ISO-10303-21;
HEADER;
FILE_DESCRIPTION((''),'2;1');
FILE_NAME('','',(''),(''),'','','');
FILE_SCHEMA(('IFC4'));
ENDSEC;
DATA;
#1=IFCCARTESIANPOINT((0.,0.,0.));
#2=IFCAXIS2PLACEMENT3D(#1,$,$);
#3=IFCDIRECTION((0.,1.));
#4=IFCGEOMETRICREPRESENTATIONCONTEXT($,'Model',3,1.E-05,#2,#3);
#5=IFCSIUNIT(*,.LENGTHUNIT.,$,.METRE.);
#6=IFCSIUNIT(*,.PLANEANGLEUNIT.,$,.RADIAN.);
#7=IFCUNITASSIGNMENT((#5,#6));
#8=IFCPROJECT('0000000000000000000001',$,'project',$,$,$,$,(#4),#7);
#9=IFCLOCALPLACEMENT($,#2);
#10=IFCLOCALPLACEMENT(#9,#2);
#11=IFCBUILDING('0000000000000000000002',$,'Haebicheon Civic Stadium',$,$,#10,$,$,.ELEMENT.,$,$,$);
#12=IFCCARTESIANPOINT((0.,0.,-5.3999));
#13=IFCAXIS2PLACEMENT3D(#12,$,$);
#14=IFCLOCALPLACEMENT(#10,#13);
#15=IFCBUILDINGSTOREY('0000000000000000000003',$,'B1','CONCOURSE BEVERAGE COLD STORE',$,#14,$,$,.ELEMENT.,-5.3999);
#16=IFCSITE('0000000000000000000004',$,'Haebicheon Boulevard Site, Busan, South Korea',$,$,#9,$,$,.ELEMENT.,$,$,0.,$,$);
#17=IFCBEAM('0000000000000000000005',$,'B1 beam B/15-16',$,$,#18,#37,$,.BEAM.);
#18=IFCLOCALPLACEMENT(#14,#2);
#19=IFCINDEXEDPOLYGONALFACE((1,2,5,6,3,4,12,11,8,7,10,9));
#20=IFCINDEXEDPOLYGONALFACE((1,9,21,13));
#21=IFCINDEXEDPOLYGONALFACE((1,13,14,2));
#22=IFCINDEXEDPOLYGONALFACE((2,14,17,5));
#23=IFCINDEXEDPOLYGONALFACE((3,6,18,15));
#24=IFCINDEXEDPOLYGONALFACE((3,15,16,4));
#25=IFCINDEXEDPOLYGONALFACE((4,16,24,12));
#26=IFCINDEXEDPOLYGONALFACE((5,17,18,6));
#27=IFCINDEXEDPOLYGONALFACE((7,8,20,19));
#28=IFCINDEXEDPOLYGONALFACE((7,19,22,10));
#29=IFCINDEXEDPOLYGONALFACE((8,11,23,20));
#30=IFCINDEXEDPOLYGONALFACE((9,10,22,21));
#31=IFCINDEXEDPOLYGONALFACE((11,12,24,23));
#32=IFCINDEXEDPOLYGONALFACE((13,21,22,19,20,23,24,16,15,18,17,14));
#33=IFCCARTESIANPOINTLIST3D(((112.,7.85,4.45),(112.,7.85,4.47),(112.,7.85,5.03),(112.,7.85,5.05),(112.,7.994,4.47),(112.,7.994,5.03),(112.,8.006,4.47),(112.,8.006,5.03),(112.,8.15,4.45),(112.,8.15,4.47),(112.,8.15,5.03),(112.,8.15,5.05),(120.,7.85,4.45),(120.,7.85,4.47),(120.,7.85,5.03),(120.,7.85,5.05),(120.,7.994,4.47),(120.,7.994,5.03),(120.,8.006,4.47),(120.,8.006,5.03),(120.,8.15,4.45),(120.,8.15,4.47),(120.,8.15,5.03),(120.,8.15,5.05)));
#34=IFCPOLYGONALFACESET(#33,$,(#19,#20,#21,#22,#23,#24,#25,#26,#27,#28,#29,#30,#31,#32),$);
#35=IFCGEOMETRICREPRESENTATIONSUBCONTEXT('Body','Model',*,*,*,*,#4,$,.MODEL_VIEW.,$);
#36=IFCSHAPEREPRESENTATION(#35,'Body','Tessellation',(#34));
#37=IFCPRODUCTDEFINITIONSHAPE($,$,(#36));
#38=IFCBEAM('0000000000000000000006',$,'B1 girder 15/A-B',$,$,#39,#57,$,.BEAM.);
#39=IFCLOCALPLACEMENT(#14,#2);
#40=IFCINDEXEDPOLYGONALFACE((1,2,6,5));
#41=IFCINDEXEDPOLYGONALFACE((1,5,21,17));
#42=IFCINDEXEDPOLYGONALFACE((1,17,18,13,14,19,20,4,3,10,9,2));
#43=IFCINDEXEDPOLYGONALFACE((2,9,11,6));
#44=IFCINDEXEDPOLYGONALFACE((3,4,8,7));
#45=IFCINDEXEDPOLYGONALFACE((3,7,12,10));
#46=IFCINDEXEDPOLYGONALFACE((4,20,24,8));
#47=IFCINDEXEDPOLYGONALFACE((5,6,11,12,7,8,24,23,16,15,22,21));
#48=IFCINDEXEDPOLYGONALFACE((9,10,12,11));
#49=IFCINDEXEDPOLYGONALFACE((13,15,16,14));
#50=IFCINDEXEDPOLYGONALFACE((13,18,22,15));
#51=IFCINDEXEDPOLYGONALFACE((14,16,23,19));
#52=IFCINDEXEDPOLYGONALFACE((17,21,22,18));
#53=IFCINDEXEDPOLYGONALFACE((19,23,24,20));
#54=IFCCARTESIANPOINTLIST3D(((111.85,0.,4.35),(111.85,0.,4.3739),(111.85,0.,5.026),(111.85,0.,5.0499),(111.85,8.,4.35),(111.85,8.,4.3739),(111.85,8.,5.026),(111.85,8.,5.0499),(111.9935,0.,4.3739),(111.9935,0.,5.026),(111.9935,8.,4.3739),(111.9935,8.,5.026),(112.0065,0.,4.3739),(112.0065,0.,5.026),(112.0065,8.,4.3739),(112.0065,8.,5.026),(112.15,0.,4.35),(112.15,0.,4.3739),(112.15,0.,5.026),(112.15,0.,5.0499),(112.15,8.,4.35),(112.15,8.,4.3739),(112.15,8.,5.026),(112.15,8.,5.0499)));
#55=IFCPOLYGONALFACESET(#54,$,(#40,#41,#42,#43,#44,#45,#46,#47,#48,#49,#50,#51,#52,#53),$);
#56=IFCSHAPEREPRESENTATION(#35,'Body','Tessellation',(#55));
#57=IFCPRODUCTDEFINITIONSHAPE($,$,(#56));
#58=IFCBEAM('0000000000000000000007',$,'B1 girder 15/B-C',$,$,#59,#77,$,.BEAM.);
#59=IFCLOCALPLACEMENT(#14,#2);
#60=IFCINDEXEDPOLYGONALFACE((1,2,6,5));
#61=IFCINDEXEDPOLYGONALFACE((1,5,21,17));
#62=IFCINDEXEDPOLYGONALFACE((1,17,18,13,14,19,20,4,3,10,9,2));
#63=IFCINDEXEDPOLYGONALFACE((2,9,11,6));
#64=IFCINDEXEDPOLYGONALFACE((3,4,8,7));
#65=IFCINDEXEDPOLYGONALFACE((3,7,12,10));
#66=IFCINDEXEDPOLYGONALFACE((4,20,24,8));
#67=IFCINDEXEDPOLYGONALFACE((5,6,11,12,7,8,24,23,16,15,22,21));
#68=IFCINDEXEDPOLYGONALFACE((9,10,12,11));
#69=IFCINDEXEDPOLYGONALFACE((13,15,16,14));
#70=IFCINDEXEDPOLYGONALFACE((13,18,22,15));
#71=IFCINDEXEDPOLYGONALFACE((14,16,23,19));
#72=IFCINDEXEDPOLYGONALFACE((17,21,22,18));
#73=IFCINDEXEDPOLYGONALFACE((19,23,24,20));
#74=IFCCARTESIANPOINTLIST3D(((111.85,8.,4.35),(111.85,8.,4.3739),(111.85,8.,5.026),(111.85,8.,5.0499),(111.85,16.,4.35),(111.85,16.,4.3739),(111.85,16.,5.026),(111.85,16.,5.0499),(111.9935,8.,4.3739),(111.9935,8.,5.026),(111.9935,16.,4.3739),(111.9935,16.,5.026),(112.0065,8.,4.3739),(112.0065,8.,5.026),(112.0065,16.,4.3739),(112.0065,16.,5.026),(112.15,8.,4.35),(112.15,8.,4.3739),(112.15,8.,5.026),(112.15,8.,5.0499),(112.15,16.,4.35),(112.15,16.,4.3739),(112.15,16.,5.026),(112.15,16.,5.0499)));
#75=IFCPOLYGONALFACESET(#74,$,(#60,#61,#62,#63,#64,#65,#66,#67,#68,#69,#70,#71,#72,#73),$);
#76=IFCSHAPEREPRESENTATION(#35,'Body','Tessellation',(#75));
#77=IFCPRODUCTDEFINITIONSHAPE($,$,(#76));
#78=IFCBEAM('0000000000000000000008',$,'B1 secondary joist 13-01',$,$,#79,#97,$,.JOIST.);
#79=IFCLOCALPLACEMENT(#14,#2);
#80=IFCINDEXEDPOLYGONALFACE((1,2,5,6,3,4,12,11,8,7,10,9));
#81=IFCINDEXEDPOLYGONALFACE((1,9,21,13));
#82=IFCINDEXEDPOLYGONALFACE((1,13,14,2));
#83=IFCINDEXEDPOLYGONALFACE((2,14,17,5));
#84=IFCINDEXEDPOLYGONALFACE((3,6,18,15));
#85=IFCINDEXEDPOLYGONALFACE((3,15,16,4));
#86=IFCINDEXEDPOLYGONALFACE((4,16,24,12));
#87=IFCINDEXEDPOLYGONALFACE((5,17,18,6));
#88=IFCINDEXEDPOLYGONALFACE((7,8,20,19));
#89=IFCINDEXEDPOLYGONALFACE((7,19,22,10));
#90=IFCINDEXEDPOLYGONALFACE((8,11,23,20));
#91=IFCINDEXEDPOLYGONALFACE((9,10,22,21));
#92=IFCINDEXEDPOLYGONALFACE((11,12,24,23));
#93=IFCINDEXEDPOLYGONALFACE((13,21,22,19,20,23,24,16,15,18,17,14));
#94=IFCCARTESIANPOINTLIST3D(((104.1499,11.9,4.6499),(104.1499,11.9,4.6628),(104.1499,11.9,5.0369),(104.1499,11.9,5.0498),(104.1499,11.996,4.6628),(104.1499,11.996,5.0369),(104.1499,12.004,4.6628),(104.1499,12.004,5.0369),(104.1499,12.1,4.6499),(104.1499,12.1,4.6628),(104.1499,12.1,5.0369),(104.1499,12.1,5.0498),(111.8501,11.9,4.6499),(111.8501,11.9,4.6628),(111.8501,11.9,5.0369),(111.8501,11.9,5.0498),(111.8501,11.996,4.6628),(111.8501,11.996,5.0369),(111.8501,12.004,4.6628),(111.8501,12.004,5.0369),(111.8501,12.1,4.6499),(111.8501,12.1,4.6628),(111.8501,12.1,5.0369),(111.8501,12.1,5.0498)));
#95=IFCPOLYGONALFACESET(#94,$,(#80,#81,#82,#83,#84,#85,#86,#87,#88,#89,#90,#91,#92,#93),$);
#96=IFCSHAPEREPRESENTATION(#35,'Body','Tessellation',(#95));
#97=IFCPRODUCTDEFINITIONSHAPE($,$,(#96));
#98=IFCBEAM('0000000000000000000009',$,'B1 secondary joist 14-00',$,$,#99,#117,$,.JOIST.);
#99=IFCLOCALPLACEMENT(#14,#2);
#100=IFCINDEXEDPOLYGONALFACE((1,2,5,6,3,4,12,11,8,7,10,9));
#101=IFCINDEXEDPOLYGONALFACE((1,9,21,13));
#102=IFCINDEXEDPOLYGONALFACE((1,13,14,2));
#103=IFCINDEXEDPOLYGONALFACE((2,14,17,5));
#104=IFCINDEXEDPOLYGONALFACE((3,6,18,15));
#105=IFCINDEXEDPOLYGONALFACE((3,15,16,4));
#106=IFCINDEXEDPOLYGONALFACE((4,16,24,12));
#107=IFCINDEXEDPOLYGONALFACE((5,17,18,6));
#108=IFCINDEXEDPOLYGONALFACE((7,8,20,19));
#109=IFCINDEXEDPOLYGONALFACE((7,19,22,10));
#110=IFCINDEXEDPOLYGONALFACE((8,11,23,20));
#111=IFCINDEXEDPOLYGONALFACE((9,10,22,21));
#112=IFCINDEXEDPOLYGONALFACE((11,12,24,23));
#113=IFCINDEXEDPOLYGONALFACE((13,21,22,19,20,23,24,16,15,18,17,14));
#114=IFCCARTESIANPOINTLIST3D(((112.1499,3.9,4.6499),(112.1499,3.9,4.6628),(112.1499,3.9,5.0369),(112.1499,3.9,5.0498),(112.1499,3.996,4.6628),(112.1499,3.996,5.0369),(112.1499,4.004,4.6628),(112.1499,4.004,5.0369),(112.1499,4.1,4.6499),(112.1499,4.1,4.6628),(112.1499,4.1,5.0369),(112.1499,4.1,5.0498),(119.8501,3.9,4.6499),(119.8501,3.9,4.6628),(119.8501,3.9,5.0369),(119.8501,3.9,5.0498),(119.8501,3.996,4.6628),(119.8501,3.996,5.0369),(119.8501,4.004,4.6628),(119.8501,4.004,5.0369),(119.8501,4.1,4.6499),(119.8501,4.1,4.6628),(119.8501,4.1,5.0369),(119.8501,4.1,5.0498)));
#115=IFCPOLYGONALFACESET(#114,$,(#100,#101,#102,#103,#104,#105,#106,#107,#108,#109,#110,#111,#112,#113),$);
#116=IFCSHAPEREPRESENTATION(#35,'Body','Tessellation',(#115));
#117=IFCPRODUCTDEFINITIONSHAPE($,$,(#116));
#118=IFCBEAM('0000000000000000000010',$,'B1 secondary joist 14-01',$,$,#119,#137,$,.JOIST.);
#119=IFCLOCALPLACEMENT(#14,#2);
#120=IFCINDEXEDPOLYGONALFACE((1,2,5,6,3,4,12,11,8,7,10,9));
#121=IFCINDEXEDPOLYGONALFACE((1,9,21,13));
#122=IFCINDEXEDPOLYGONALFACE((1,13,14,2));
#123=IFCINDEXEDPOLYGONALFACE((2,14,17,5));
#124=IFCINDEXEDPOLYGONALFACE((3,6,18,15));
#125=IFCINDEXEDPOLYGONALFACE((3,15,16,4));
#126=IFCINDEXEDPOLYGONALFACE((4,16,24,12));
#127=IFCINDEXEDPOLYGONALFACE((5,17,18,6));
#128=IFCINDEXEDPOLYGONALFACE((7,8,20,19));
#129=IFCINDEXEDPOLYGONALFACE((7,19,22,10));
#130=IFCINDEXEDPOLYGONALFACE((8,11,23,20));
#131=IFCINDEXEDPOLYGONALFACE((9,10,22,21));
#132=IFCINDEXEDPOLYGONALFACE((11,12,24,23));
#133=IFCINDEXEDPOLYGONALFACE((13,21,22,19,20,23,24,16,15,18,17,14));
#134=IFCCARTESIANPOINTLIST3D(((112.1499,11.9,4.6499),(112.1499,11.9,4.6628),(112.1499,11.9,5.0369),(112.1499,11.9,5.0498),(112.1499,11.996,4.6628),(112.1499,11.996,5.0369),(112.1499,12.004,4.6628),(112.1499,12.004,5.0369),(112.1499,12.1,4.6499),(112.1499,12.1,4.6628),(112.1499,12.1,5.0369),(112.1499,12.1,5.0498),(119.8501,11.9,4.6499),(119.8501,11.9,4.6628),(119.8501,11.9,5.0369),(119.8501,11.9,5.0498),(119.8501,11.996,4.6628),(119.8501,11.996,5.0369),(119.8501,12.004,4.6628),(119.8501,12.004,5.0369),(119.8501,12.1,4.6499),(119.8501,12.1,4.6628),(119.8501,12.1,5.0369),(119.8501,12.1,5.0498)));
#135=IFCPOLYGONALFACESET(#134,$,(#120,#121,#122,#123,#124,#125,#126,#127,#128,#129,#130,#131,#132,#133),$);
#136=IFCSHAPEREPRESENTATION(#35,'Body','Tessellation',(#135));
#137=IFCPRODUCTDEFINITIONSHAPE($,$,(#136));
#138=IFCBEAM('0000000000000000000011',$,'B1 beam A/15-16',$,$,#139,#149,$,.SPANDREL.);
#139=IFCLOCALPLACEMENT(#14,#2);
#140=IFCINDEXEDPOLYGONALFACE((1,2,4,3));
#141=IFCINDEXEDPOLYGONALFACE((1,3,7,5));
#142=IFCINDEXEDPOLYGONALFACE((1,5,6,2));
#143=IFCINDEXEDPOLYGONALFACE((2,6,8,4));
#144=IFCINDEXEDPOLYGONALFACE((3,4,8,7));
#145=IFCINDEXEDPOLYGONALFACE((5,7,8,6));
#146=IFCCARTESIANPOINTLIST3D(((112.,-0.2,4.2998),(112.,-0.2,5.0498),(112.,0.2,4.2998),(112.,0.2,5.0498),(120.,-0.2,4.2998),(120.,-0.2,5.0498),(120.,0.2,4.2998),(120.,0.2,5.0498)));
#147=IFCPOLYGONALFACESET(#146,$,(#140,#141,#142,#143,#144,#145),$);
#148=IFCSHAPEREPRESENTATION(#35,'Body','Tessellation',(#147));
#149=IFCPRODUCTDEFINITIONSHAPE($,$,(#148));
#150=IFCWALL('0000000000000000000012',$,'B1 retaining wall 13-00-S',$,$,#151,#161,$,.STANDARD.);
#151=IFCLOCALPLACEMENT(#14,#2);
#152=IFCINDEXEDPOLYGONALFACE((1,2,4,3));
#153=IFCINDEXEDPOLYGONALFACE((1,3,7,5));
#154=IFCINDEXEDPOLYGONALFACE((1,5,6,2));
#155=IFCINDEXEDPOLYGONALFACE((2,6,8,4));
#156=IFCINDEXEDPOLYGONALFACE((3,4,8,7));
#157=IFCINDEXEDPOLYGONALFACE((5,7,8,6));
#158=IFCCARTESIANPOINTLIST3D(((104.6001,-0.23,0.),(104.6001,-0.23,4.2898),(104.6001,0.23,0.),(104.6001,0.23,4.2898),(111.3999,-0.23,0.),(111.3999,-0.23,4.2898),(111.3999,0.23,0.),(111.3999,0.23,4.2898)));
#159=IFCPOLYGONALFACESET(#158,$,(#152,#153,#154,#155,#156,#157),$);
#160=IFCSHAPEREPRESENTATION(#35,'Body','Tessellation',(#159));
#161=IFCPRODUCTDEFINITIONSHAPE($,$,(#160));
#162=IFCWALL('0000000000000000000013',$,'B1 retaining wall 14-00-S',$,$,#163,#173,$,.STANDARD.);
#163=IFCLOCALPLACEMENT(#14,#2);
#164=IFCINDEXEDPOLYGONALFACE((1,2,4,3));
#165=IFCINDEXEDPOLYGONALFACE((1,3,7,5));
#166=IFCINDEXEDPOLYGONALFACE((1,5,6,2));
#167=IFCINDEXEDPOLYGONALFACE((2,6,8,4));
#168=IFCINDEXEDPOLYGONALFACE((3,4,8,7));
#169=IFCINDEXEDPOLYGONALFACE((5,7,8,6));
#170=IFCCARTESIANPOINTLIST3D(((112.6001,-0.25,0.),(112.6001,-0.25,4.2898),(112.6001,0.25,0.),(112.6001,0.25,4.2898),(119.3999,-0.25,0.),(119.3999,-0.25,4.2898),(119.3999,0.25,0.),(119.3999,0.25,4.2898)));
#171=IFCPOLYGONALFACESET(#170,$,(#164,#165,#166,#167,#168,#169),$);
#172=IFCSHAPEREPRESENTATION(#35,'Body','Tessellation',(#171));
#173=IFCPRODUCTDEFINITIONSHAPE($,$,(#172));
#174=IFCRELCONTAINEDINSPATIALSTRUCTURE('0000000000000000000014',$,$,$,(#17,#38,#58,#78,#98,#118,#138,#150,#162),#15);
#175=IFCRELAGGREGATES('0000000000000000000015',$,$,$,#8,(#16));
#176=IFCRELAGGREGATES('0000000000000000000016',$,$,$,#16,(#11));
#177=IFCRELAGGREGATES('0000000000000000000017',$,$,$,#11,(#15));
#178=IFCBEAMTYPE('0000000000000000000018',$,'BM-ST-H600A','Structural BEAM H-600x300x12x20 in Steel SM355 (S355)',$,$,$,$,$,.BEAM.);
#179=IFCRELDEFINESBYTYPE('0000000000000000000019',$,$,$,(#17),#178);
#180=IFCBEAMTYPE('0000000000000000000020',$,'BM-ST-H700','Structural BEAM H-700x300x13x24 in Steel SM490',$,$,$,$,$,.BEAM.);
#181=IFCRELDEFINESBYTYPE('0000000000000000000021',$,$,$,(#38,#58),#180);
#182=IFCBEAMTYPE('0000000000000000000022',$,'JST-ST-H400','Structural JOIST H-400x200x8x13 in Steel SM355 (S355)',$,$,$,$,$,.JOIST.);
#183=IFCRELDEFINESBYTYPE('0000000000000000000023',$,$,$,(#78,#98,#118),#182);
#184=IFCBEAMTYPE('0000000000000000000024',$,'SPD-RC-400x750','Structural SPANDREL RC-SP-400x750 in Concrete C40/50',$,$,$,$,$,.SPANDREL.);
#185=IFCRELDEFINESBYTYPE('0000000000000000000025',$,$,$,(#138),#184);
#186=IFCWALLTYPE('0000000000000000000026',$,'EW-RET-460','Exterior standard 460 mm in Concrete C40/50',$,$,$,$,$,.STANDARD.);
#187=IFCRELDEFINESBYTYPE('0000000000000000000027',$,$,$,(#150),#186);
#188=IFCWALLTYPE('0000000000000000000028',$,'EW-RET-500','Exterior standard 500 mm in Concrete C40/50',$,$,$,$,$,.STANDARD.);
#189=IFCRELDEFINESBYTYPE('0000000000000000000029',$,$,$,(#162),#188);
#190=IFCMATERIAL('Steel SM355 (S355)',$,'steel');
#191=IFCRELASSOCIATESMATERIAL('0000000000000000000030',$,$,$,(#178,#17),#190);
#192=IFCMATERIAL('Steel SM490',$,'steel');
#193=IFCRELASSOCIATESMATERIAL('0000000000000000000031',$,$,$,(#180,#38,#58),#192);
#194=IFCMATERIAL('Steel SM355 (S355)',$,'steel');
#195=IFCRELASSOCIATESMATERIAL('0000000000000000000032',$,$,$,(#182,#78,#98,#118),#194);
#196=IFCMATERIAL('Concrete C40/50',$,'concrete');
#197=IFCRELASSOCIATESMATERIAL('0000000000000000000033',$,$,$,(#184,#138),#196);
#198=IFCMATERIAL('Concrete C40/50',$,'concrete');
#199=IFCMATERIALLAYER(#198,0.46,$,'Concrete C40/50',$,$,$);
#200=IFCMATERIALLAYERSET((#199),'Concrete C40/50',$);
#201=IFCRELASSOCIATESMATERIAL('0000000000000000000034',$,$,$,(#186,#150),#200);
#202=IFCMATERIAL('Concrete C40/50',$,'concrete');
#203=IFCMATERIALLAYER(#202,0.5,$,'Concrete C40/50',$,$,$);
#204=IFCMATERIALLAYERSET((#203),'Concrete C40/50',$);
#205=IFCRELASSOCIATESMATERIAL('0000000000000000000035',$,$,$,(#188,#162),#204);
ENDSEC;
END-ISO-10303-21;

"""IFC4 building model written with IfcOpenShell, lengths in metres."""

from ifc_helpers import new_model, si_unit, direction, frame, frame_2d, origin, origin_2d, place, context, subcontext, project, spatial, rectangle, i_section, extrude, material, layer, layer_set, material_profile, profile_set, type_object, element, save


model = new_model("IFC4")

# Units and contexts
model_context = context("Model", 3, precision=1e-05, world=origin(), true_north=direction((0.0, 1.0)))
body_context = subcontext(model_context, "Body", "Model", "MODEL_VIEW")
ifc_project = project(units=[si_unit("LENGTHUNIT", "METRE"), si_unit("PLANEANGLEUNIT", "RADIAN")], contexts=[model_context])

# Site, building, storey
site_placement = place(None, origin())
site = spatial("IfcSite", under=ifc_project, at=site_placement, Name="Haebicheon Boulevard Site, Busan, South Korea", CompositionType="ELEMENT", RefElevation=0.0)
building_placement = place(site_placement, origin())
building = spatial("IfcBuilding", under=site, at=building_placement, Name="Haebicheon Civic Stadium", CompositionType="ELEMENT")
storey_placement = place(building_placement, frame((0.0, 0.0, -5.3999)))
storey = spatial("IfcBuildingStorey", under=building, at=storey_placement, Name="B1", Description="CONCOURSE BEVERAGE COLD STORE", CompositionType="ELEMENT", Elevation=-5.3999)

# Beams
ifc_material_1 = material(Name="Steel SM355 (S355)", Category="steel")
ifc_material_profile_1 = material_profile(ifc_material_1, i_section(OverallWidth=0.3, OverallDepth=0.6001, WebThickness=0.012, FlangeThickness=0.02, at=origin_2d()), Name="H-600x300x12x20")
ifc_profile_set_1 = profile_set([ifc_material_profile_1], Name="Steel SM355 (S355)")
beam_type_1 = type_object("IfcBeamType", Name="BM-ST-H600A", Description="Structural BEAM H-600x300x12x20 in Steel SM355 (S355)", PredefinedType="BEAM", material=ifc_profile_set_1)
beam_1_placement = place(storey_placement, frame((112.0, 8.0, 4.75), z_axis=(1.0, 0.0, 0.0), x_axis=(0.0, 1.0, 0.0)))
element("IfcBeam", 1, at=beam_1_placement, inside=storey, type_object=beam_type_1, material=ifc_profile_set_1, Name="B1 beam B/15-16", PredefinedType="BEAM", context=body_context, shape_type="SweptSolid", body=[
    extrude(i_section(OverallWidth=0.3, OverallDepth=0.6001, WebThickness=0.012, FlangeThickness=0.02, at=origin_2d()), origin(), (0.0, 0.0, 1.0), 8.0),
])
ifc_material_2 = material(Name="Steel SM490", Category="steel")
ifc_material_profile_2 = material_profile(ifc_material_2, i_section(OverallWidth=0.3, OverallDepth=0.7, WebThickness=0.0129, FlangeThickness=0.0239, at=origin_2d()), Name="H-700x300x13x24")
ifc_profile_set_2 = profile_set([ifc_material_profile_2], Name="Steel SM490")
beam_type_2 = type_object("IfcBeamType", Name="BM-ST-H700", Description="Structural BEAM H-700x300x13x24 in Steel SM490", PredefinedType="BEAM", material=ifc_profile_set_2)
for number, where, z_axis, x_axis, name in (
    (2, (112.0, 0.0, 4.7), (0.0, 1.0, 0.0), (-1.0, 0.0, 0.0), "B1 girder 15/A-B"),
    (3, (112.0, 8.0, 4.7), (0.0, 1.0, 0.0), (-1.0, 0.0, 0.0), "B1 girder 15/B-C"),
):
    element("IfcBeam", number, at=place(storey_placement, frame(where, z_axis=z_axis, x_axis=x_axis)), inside=storey, type_object=beam_type_2, material=ifc_profile_set_2, Name=name, PredefinedType="BEAM", context=body_context, shape_type="SweptSolid", body=[
        extrude(i_section(OverallWidth=0.3, OverallDepth=0.7, WebThickness=0.0129, FlangeThickness=0.0239, at=origin_2d()), origin(), (0.0, 0.0, 1.0), 8.0),
    ])
ifc_material_3 = material(Name="Steel SM355 (S355)", Category="steel")
ifc_material_profile_3 = material_profile(ifc_material_3, i_section(OverallWidth=0.2, OverallDepth=0.3999, WebThickness=0.0081, FlangeThickness=0.0129, at=origin_2d()), Name="H-400x200x8x13")
ifc_profile_set_3 = profile_set([ifc_material_profile_3], Name="Steel SM355 (S355)")
beam_type_3 = type_object("IfcBeamType", Name="JST-ST-H400", Description="Structural JOIST H-400x200x8x13 in Steel SM355 (S355)", PredefinedType="JOIST", material=ifc_profile_set_3)
for number, where, z_axis, x_axis, name in (
    (4, (104.1499, 12.0, 4.8499), (1.0, 0.0, 0.0), (0.0, 1.0, 0.0), "B1 secondary joist 13-01"),
    (5, (112.1499, 4.0, 4.8499), (1.0, 0.0, 0.0), (0.0, 1.0, 0.0), "B1 secondary joist 14-00"),
    (6, (112.1499, 12.0, 4.8499), (1.0, 0.0, 0.0), (0.0, 1.0, 0.0), "B1 secondary joist 14-01"),
):
    element("IfcBeam", number, at=place(storey_placement, frame(where, z_axis=z_axis, x_axis=x_axis)), inside=storey, type_object=beam_type_3, material=ifc_profile_set_3, Name=name, PredefinedType="JOIST", context=body_context, shape_type="SweptSolid", body=[
        extrude(i_section(OverallWidth=0.2, OverallDepth=0.3999, WebThickness=0.0081, FlangeThickness=0.0129, at=origin_2d()), origin(), (0.0, 0.0, 1.0), 7.7002),
    ])
ifc_material_4 = material(Name="Concrete C40/50", Category="concrete")
ifc_material_profile_4 = material_profile(ifc_material_4, rectangle(XDim=0.3999, YDim=0.75, at=origin_2d()), Name="RC-SP-400x750")
ifc_profile_set_4 = profile_set([ifc_material_profile_4], Name="Concrete C40/50")
beam_type_4 = type_object("IfcBeamType", Name="SPD-RC-400x750", Description="Structural SPANDREL RC-SP-400x750 in Concrete C40/50", PredefinedType="SPANDREL", material=ifc_profile_set_4)
beam_2_placement = place(storey_placement, frame((112.0, 0.0, 4.6748), z_axis=(1.0, 0.0, 0.0), x_axis=(0.0, 1.0, 0.0)))
element("IfcBeam", 7, at=beam_2_placement, inside=storey, type_object=beam_type_4, material=ifc_profile_set_4, Name="B1 beam A/15-16", PredefinedType="SPANDREL", context=body_context, shape_type="SweptSolid", body=[
    extrude(rectangle(XDim=0.3999, YDim=0.75, at=origin_2d()), origin(), (0.0, 0.0, 1.0), 8.0),
])

# Walls
ifc_material_5 = material(Name="Concrete C40/50", Category="concrete")
ifc_layer_1 = layer(ifc_material_5, 0.46, Name="Concrete C40/50")
ifc_layer_set_1 = layer_set([ifc_layer_1], Name="Concrete C40/50")
wall_type_1 = type_object("IfcWallType", Name="EW-RET-460", Description="Exterior standard 460 mm in Concrete C40/50", PredefinedType="STANDARD", material=ifc_layer_set_1)
wall_1_placement = place(storey_placement, frame((104.6001, 0.0, 0.0), z_axis=(0.0, 0.0, 1.0), x_axis=(1.0, 0.0, 0.0)))
element("IfcWall", 8, at=wall_1_placement, inside=storey, type_object=wall_type_1, material=ifc_layer_set_1, Name="B1 retaining wall 13-00-S", PredefinedType="STANDARD", context=body_context, shape_type="SweptSolid", body=[
    extrude(rectangle(XDim=6.7998, YDim=0.46, at=frame_2d((3.3999, 0.0))), origin(), (0.0, 0.0, 1.0), 4.2898),
])
ifc_material_6 = material(Name="Concrete C40/50", Category="concrete")
ifc_layer_2 = layer(ifc_material_6, 0.5, Name="Concrete C40/50")
ifc_layer_set_2 = layer_set([ifc_layer_2], Name="Concrete C40/50")
wall_type_2 = type_object("IfcWallType", Name="EW-RET-500", Description="Exterior standard 500 mm in Concrete C40/50", PredefinedType="STANDARD", material=ifc_layer_set_2)
wall_2_placement = place(storey_placement, frame((112.6001, 0.0, 0.0), z_axis=(0.0, 0.0, 1.0), x_axis=(1.0, 0.0, 0.0)))
element("IfcWall", 9, at=wall_2_placement, inside=storey, type_object=wall_type_2, material=ifc_layer_set_2, Name="B1 retaining wall 14-00-S", PredefinedType="STANDARD", context=body_context, shape_type="SweptSolid", body=[
    extrude(rectangle(XDim=6.7998, YDim=0.5, at=frame_2d((3.3999, 0.0))), origin(), (0.0, 0.0, 1.0), 4.2898),
])

save(model, "model.ifc")
